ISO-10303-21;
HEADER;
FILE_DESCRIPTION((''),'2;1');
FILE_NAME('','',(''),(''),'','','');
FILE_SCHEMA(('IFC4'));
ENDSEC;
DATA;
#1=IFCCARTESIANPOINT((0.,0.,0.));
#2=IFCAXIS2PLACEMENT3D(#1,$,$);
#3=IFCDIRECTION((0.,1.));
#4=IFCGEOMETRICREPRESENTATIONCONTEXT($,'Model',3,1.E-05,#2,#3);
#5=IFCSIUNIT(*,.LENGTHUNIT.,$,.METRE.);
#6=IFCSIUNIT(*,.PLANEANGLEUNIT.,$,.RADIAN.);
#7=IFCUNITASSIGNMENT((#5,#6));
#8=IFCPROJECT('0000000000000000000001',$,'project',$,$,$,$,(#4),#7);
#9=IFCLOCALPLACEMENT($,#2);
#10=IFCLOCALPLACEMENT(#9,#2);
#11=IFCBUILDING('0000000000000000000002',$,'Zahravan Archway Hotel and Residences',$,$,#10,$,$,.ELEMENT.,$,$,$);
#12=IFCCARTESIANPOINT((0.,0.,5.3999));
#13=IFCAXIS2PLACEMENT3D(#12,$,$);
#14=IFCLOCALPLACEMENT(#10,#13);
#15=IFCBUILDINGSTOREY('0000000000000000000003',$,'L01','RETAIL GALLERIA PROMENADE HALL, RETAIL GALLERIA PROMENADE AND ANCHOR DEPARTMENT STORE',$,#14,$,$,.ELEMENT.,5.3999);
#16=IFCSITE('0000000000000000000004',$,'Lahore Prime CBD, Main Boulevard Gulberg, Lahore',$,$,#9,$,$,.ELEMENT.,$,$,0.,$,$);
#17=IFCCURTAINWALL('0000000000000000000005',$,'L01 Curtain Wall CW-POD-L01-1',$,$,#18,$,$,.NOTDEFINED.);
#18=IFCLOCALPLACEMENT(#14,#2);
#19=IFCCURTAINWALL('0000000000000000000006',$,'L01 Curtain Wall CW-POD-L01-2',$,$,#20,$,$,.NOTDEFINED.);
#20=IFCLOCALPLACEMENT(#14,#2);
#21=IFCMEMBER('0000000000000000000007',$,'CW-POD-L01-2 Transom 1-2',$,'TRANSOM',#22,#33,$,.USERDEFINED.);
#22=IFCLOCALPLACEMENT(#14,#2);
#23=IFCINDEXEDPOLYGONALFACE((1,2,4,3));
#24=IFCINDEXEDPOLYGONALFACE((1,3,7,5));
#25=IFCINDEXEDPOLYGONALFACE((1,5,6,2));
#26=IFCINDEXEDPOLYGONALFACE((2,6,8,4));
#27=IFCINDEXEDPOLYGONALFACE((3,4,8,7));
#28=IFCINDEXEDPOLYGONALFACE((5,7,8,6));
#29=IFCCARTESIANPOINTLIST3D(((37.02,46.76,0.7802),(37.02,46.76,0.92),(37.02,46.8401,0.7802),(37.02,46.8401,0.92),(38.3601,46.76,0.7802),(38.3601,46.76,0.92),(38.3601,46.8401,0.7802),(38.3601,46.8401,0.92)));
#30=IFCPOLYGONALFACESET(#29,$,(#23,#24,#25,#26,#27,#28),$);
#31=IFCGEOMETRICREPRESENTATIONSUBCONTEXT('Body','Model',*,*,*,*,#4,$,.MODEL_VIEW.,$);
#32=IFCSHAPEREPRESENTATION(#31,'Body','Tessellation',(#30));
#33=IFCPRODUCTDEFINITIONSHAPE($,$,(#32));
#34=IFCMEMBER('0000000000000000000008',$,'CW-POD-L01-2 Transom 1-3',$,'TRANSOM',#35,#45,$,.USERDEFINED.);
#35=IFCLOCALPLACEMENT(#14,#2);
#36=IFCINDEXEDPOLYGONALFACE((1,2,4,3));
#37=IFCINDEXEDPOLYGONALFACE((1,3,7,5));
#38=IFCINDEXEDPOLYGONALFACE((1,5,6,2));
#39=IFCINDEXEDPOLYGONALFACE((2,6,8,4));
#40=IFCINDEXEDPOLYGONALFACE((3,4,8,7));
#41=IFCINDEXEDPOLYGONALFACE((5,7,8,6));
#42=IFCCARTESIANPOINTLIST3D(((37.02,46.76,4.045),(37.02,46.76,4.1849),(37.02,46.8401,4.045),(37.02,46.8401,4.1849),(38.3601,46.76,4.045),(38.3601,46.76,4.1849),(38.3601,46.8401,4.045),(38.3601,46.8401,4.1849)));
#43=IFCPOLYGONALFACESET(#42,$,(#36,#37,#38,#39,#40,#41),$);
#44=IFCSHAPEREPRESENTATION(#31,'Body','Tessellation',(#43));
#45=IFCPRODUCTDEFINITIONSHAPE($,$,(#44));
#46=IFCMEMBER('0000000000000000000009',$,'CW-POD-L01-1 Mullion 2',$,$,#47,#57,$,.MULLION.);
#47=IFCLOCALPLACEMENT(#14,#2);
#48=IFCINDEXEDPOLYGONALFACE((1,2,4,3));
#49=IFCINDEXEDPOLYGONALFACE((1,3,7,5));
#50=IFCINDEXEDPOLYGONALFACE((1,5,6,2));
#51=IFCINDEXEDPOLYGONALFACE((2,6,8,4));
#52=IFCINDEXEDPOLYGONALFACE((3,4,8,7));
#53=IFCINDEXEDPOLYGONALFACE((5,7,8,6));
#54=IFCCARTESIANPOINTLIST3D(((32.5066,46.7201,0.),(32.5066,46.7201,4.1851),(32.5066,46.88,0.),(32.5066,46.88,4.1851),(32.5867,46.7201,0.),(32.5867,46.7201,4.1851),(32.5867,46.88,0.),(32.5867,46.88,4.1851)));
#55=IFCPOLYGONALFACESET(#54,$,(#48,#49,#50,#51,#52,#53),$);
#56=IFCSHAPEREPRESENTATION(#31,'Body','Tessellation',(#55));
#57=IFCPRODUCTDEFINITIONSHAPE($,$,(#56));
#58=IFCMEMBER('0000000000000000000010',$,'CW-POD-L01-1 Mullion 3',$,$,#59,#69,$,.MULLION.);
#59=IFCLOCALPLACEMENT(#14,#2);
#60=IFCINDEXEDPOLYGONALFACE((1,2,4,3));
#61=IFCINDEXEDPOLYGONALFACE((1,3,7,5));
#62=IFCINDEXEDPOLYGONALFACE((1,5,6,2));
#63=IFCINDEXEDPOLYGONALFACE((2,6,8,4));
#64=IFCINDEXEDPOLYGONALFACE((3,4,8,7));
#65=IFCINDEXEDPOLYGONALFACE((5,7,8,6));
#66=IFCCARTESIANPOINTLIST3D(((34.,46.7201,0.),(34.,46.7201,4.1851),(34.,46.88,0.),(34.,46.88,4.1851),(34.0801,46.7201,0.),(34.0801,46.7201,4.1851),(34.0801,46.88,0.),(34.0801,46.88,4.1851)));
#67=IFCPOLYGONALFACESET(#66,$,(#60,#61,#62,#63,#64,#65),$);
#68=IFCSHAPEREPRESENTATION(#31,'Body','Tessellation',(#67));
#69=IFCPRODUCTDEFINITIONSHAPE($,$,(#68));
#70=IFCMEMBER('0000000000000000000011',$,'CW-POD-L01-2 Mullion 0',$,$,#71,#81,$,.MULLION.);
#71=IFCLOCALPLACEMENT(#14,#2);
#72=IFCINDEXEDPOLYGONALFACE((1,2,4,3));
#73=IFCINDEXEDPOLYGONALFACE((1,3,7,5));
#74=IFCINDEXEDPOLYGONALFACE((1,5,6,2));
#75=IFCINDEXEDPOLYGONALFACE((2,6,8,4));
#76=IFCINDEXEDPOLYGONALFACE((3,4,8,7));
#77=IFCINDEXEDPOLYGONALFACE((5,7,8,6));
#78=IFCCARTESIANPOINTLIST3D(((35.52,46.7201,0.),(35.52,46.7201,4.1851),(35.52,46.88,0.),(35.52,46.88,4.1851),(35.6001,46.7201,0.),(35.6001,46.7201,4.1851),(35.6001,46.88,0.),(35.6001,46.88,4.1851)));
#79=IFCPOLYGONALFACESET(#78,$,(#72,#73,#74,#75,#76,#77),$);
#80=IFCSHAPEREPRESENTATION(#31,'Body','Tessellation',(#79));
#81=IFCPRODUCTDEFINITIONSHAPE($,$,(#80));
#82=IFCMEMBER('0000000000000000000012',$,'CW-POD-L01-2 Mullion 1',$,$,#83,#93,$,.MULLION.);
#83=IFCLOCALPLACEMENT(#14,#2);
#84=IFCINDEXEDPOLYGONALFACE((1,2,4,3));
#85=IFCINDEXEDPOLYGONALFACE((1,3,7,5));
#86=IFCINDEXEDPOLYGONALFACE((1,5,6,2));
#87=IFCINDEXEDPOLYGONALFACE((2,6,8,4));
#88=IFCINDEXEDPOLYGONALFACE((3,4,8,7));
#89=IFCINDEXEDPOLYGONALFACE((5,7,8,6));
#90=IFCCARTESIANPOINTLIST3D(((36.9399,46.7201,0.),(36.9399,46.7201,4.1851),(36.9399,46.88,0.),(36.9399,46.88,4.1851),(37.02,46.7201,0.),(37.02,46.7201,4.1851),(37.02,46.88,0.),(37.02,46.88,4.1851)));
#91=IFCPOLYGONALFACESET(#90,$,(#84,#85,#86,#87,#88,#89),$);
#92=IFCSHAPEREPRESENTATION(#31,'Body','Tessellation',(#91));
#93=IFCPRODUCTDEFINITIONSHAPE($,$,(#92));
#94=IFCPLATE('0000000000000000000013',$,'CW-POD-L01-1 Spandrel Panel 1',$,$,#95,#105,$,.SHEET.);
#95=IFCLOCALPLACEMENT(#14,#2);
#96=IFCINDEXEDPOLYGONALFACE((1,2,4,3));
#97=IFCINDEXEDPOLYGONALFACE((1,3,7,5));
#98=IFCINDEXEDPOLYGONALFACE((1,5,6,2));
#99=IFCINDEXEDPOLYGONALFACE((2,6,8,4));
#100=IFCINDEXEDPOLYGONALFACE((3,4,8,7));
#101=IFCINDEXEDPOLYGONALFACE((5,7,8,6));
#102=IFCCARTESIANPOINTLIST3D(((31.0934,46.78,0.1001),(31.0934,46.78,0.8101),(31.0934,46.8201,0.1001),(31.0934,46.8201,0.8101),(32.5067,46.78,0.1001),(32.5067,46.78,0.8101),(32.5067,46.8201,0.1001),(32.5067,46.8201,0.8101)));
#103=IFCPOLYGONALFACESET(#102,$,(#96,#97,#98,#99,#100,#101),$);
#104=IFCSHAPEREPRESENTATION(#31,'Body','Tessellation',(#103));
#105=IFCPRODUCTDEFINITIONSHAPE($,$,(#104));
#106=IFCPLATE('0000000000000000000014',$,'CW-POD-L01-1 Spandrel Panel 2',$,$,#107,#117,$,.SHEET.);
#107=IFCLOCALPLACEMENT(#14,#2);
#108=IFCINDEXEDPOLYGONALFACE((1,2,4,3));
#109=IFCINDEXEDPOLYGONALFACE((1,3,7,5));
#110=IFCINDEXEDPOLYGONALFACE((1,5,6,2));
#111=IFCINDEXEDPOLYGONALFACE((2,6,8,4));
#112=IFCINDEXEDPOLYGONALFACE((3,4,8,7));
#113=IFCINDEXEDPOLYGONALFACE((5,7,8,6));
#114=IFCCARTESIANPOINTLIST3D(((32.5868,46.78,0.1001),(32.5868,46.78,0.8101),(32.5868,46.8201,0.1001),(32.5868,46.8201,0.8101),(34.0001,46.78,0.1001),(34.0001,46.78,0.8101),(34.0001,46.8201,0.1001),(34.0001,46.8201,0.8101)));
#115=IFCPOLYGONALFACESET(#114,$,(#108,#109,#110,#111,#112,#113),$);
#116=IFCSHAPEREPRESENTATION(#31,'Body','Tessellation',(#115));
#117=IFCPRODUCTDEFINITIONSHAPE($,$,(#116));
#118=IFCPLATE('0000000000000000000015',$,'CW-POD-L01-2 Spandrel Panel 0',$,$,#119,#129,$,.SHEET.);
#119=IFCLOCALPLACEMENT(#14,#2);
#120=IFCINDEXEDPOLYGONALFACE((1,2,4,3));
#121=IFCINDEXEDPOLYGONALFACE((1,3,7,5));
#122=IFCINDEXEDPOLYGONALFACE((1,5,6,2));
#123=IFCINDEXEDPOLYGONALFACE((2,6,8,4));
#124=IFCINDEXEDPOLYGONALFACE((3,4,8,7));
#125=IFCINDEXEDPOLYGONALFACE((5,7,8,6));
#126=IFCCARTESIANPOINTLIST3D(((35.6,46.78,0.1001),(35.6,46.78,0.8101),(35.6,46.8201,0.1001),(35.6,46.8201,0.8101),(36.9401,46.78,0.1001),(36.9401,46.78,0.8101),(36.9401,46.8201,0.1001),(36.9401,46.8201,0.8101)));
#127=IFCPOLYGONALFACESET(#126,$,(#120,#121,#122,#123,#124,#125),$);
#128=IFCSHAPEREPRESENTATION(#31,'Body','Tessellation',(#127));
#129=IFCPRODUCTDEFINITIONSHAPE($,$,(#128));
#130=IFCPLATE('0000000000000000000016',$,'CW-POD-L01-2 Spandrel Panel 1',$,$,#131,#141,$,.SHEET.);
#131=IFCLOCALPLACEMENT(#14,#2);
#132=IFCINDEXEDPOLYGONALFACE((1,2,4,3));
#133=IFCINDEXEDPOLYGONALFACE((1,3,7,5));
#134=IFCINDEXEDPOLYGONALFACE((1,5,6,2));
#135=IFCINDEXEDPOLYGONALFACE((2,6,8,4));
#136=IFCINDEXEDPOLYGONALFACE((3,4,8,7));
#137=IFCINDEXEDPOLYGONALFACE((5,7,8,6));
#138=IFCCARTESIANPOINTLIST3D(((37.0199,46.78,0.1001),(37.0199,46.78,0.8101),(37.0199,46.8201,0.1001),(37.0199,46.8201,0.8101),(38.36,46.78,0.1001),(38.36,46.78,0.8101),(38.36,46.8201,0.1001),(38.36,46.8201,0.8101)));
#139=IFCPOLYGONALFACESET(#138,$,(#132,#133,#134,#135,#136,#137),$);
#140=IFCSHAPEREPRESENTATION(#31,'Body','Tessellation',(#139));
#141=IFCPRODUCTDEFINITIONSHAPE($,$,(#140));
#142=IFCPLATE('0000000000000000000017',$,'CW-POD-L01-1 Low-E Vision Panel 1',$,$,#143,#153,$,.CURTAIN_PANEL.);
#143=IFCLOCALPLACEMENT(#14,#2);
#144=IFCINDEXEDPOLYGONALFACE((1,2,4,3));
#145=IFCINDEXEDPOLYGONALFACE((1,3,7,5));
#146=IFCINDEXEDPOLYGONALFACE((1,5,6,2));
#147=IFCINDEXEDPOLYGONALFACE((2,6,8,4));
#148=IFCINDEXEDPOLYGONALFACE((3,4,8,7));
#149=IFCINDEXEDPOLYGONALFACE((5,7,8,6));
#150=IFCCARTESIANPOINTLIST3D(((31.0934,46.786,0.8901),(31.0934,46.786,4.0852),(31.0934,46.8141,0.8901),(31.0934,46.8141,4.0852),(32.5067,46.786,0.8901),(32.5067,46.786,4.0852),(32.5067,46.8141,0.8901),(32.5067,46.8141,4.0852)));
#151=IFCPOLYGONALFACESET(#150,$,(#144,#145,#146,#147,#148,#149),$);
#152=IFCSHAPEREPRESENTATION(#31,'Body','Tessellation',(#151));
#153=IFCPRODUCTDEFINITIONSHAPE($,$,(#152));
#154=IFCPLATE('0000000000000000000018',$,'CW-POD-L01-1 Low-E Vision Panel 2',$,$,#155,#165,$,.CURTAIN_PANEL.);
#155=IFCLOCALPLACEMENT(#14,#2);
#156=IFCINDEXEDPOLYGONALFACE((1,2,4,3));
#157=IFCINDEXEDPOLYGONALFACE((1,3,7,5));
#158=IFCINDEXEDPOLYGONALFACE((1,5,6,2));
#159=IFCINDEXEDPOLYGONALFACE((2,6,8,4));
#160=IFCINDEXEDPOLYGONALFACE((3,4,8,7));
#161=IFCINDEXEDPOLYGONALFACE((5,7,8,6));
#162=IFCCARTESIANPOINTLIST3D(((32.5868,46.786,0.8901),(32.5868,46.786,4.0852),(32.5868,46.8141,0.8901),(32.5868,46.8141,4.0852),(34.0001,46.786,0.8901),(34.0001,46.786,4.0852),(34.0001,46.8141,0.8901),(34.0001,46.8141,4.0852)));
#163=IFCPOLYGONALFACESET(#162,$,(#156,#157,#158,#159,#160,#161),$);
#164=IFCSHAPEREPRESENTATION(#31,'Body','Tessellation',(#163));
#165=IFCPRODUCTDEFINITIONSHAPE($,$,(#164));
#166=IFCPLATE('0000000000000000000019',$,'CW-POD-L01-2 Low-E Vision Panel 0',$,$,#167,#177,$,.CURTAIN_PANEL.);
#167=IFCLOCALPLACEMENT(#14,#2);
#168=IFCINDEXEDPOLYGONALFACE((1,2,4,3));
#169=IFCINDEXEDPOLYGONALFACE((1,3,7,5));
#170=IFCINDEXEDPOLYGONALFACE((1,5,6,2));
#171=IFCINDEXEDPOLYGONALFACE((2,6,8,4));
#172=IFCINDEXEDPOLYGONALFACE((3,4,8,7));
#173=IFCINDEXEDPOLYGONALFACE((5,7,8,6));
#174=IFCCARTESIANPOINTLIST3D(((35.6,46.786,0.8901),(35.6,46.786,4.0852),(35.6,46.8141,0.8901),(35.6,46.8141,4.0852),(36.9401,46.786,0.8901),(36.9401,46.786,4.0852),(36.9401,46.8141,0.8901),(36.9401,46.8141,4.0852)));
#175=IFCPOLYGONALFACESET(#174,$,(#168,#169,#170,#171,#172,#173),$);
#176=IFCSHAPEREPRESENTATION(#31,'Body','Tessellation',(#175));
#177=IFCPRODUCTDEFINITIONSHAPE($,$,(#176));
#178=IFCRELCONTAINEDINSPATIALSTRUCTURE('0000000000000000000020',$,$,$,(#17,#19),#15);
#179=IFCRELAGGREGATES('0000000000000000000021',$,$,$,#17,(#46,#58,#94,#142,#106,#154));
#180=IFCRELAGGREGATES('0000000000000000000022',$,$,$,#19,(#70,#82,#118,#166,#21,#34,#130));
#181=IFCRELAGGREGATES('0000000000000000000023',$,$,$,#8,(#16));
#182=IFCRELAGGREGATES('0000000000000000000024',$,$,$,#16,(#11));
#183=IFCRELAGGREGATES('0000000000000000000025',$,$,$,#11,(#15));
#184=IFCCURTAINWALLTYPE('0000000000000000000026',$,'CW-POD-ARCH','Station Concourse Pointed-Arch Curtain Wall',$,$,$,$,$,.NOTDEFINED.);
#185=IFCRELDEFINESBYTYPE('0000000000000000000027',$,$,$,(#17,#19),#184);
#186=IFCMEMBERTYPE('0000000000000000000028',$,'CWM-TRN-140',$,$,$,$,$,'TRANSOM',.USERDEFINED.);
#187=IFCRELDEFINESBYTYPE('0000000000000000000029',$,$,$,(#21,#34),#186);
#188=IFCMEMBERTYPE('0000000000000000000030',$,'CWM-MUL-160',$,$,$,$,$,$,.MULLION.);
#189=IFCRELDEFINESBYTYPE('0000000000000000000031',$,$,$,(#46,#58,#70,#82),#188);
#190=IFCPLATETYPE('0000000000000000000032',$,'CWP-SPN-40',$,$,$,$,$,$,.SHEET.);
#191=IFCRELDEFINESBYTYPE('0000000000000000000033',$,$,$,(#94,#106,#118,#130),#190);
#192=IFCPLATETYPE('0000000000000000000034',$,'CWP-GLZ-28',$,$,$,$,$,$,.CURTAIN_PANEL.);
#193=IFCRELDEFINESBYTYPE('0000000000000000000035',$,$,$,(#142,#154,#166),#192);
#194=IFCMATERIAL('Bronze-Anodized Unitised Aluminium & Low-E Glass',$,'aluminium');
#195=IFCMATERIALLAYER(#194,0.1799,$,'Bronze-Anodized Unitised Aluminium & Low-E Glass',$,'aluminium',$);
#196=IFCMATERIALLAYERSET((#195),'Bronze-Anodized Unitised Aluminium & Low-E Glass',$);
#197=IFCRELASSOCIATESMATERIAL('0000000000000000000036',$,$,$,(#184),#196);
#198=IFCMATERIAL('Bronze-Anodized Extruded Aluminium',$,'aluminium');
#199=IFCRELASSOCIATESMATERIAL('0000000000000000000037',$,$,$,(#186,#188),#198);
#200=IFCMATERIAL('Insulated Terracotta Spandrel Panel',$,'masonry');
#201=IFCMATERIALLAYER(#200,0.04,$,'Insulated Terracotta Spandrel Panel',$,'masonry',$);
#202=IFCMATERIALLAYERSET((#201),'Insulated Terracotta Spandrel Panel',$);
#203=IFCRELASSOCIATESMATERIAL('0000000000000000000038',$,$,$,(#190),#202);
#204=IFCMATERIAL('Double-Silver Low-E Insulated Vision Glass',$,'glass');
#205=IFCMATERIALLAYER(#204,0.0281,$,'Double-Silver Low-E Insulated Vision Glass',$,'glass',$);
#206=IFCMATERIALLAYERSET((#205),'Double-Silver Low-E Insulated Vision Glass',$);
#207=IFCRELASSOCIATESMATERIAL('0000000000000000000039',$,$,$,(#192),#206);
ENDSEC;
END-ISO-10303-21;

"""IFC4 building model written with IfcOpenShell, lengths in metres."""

from ifc_helpers import new_model, si_unit, direction, frame, origin, origin_2d, place, context, subcontext, project, spatial, rectangle, extrude, source, transform, mapped, material, layer, layer_set, material_profile, profile_set, type_object, type_shapes, element, aggregate, save


model = new_model("IFC4")

# Units and contexts
model_context = context("Model", 3, precision=1e-05, world=origin(), true_north=direction((0.0, 1.0)))
body_context = subcontext(model_context, "Body", "Model", "MODEL_VIEW")
ifc_project = project(units=[si_unit("LENGTHUNIT", "METRE"), si_unit("PLANEANGLEUNIT", "RADIAN")], contexts=[model_context])

# Site, building, storey
site_placement = place(None, origin())
site = spatial("IfcSite", under=ifc_project, at=site_placement, Name="Lahore Prime CBD, Main Boulevard Gulberg, Lahore", CompositionType="ELEMENT", RefElevation=0.0)
building_placement = place(site_placement, origin())
building = spatial("IfcBuilding", under=site, at=building_placement, Name="Zahravan Archway Hotel and Residences", CompositionType="ELEMENT")
storey_placement = place(building_placement, frame((0.0, 0.0, 5.3999)))
storey = spatial("IfcBuildingStorey", under=building, at=storey_placement, Name="L01", Description="RETAIL GALLERIA PROMENADE HALL, RETAIL GALLERIA PROMENADE AND ANCHOR DEPARTMENT STORE", CompositionType="ELEMENT", Elevation=5.3999)

# Curtain walls, members
ifc_material_1 = material(Name="Bronze-Anodized Unitised Aluminium & Low-E Glass", Category="aluminium")
ifc_layer_1 = layer(ifc_material_1, 0.1799, Name="Bronze-Anodized Unitised Aluminium & Low-E Glass", Category="aluminium")
ifc_layer_set_1 = layer_set([ifc_layer_1], Name="Bronze-Anodized Unitised Aluminium & Low-E Glass")
curtain_wall_type = type_object("IfcCurtainWallType", Name="CW-POD-ARCH", Description="Station Concourse Pointed-Arch Curtain Wall", PredefinedType="NOTDEFINED", material=ifc_layer_set_1)
curtain_wall_1_placement = place(storey_placement, origin())
curtain_wall_1 = element("IfcCurtainWall", 1, at=curtain_wall_1_placement, inside=storey, type_object=curtain_wall_type, Name="L01 Curtain Wall CW-POD-L01-1", PredefinedType="NOTDEFINED")
ifc_material_2 = material(Name="Bronze-Anodized Extruded Aluminium", Category="aluminium")
ifc_material_profile_1 = material_profile(ifc_material_2, rectangle(XDim=0.0801, YDim=0.1399, at=origin_2d()), Name="TRN 80x140", Category="aluminium")
ifc_profile_set_1 = profile_set([ifc_material_profile_1], Name="Bronze-Anodized Extruded Aluminium")
member_type_1 = type_object("IfcMemberType", Name="CWM-TRN-140", ElementType="TRANSOM", PredefinedType="USERDEFINED", material=ifc_profile_set_1)
curtain_wall_2_placement = place(storey_placement, origin())
curtain_wall_2 = element("IfcCurtainWall", 2, at=curtain_wall_2_placement, inside=storey, type_object=curtain_wall_type, Name="L01 Curtain Wall CW-POD-L01-2", PredefinedType="NOTDEFINED")
shared_shape_1 = source(origin(), body_context, "Body", "SweptSolid", [
    extrude(rectangle(XDim=0.0801, YDim=0.1399, at=origin_2d()), origin(), (0.0, 0.0, 1.0), 1.3401),
])
member_1_placement = place(storey_placement, frame((37.02, 46.8, 0.8501), z_axis=(1.0, 0.0, 0.0), x_axis=(0.0, 1.0, 0.0)))
member_1 = element("IfcMember", 3, at=member_1_placement, type_object=member_type_1, Name="CW-POD-L01-2 Transom 1-2", ObjectType="TRANSOM", PredefinedType="USERDEFINED", context=body_context, shape_type="MappedRepresentation", body=[
    mapped(shared_shape_1, transform((0.0, 0.0, 0.0), scale=1.0)),
])
member_2_placement = place(storey_placement, frame((37.02, 46.8, 4.115), z_axis=(1.0, 0.0, 0.0), x_axis=(0.0, 1.0, 0.0)))
member_2 = element("IfcMember", 4, at=member_2_placement, type_object=member_type_1, Name="CW-POD-L01-2 Transom 1-3", ObjectType="TRANSOM", PredefinedType="USERDEFINED", context=body_context, shape_type="MappedRepresentation", body=[
    mapped(shared_shape_1, transform((0.0, 0.0, 0.0), scale=1.0)),
])

# Members
ifc_material_profile_2 = material_profile(ifc_material_2, rectangle(XDim=0.0801, YDim=0.1599, at=origin_2d()), Name="MUL 80x160", Category="aluminium")
ifc_profile_set_2 = profile_set([ifc_material_profile_2], Name="Bronze-Anodized Extruded Aluminium")
member_type_2 = type_object("IfcMemberType", Name="CWM-MUL-160", PredefinedType="MULLION", material=ifc_profile_set_2)
shared_shape_2 = source(origin(), body_context, "Body", "SweptSolid", [
    extrude(rectangle(XDim=0.0801, YDim=0.1599, at=origin_2d()), origin(), (0.0, 0.0, 1.0), 4.1851),
])
member_3_placement = place(storey_placement, frame((32.5466, 46.8, 0.0), z_axis=(0.0, 0.0, 1.0), x_axis=(1.0, 0.0, 0.0)))
member_3 = element("IfcMember", 5, at=member_3_placement, type_object=member_type_2, Name="CW-POD-L01-1 Mullion 2", PredefinedType="MULLION", context=body_context, shape_type="MappedRepresentation", body=[
    mapped(shared_shape_2, transform((0.0, 0.0, 0.0), scale=1.0)),
])
member_4_placement = place(storey_placement, frame((34.04, 46.8, 0.0), z_axis=(0.0, 0.0, 1.0), x_axis=(1.0, 0.0, 0.0)))
member_4 = element("IfcMember", 6, at=member_4_placement, type_object=member_type_2, Name="CW-POD-L01-1 Mullion 3", PredefinedType="MULLION", context=body_context, shape_type="MappedRepresentation", body=[
    mapped(shared_shape_2, transform((0.0, 0.0, 0.0), scale=1.0)),
])
member_5_placement = place(storey_placement, frame((35.5601, 46.8, 0.0), z_axis=(0.0, 0.0, 1.0), x_axis=(1.0, 0.0, 0.0)))
member_5 = element("IfcMember", 7, at=member_5_placement, type_object=member_type_2, Name="CW-POD-L01-2 Mullion 0", PredefinedType="MULLION", context=body_context, shape_type="MappedRepresentation", body=[
    mapped(shared_shape_2, transform((0.0, 0.0, 0.0), scale=1.0)),
])
member_6_placement = place(storey_placement, frame((36.98, 46.8, 0.0), z_axis=(0.0, 0.0, 1.0), x_axis=(1.0, 0.0, 0.0)))
member_6 = element("IfcMember", 8, at=member_6_placement, type_object=member_type_2, Name="CW-POD-L01-2 Mullion 1", PredefinedType="MULLION", context=body_context, shape_type="MappedRepresentation", body=[
    mapped(shared_shape_2, transform((0.0, 0.0, 0.0), scale=1.0)),
])

# Plates
ifc_material_3 = material(Name="Insulated Terracotta Spandrel Panel", Category="masonry")
ifc_layer_2 = layer(ifc_material_3, 0.04, Name="Insulated Terracotta Spandrel Panel", Category="masonry")
ifc_layer_set_2 = layer_set([ifc_layer_2], Name="Insulated Terracotta Spandrel Panel")
plate_type_1 = type_object("IfcPlateType", Name="CWP-SPN-40", PredefinedType="SHEET", material=ifc_layer_set_2)
shared_shape_3 = source(origin(), body_context, "Body", "SweptSolid", [
    extrude(rectangle(XDim=1.4133, YDim=0.04, at=origin_2d()), origin(), (0.0, 0.0, 1.0), 0.71),
])
type_shapes(plate_type_1, [shared_shape_3])
plate_1_placement = place(storey_placement, frame((31.8, 46.8, 0.1001), z_axis=(0.0, 0.0, 1.0), x_axis=(1.0, 0.0, 0.0)))
plate_1 = element("IfcPlate", 9, at=plate_1_placement, type_object=plate_type_1, Name="CW-POD-L01-1 Spandrel Panel 1", PredefinedType="SHEET", context=body_context, shape_type="MappedRepresentation", body=[
    mapped(shared_shape_3, transform((0.0, 0.0, 0.0), scale=1.0)),
])
plate_2_placement = place(storey_placement, frame((33.2935, 46.8, 0.1001), z_axis=(0.0, 0.0, 1.0), x_axis=(1.0, 0.0, 0.0)))
plate_2 = element("IfcPlate", 10, at=plate_2_placement, type_object=plate_type_1, Name="CW-POD-L01-1 Spandrel Panel 2", PredefinedType="SHEET", context=body_context, shape_type="MappedRepresentation", body=[
    mapped(shared_shape_3, transform((0.0, 0.0, 0.0), scale=1.0)),
])
shared_shape_4 = source(origin(), body_context, "Body", "SweptSolid", [
    extrude(rectangle(XDim=1.3401, YDim=0.04, at=origin_2d()), origin(), (0.0, 0.0, 1.0), 0.71),
])
plate_3_placement = place(storey_placement, frame((36.27, 46.8, 0.1001), z_axis=(0.0, 0.0, 1.0), x_axis=(1.0, 0.0, 0.0)))
plate_3 = element("IfcPlate", 11, at=plate_3_placement, type_object=plate_type_1, Name="CW-POD-L01-2 Spandrel Panel 0", PredefinedType="SHEET", context=body_context, shape_type="MappedRepresentation", body=[
    mapped(shared_shape_4, transform((0.0, 0.0, 0.0), scale=1.0)),
])
plate_4_placement = place(storey_placement, frame((37.6899, 46.8, 0.1001), z_axis=(0.0, 0.0, 1.0), x_axis=(1.0, 0.0, 0.0)))
plate_4 = element("IfcPlate", 12, at=plate_4_placement, type_object=plate_type_1, Name="CW-POD-L01-2 Spandrel Panel 1", PredefinedType="SHEET", context=body_context, shape_type="MappedRepresentation", body=[
    mapped(shared_shape_4, transform((0.0, 0.0, 0.0), scale=1.0)),
])
ifc_material_4 = material(Name="Double-Silver Low-E Insulated Vision Glass", Category="glass")
ifc_layer_3 = layer(ifc_material_4, 0.0281, Name="Double-Silver Low-E Insulated Vision Glass", Category="glass")
ifc_layer_set_3 = layer_set([ifc_layer_3], Name="Double-Silver Low-E Insulated Vision Glass")
plate_type_2 = type_object("IfcPlateType", Name="CWP-GLZ-28", PredefinedType="CURTAIN_PANEL", material=ifc_layer_set_3)
shared_shape_5 = source(origin(), body_context, "Body", "SweptSolid", [
    extrude(rectangle(XDim=1.4133, YDim=0.0281, at=origin_2d()), origin(), (0.0, 0.0, 1.0), 3.1951),
])
plate_5_placement = place(storey_placement, frame((31.8, 46.8, 0.8901), z_axis=(0.0, 0.0, 1.0), x_axis=(1.0, 0.0, 0.0)))
plate_5 = element("IfcPlate", 13, at=plate_5_placement, type_object=plate_type_2, Name="CW-POD-L01-1 Low-E Vision Panel 1", PredefinedType="CURTAIN_PANEL", context=body_context, shape_type="MappedRepresentation", body=[
    mapped(shared_shape_5, transform((0.0, 0.0, 0.0), scale=1.0)),
])
plate_6_placement = place(storey_placement, frame((33.2935, 46.8, 0.8901), z_axis=(0.0, 0.0, 1.0), x_axis=(1.0, 0.0, 0.0)))
plate_6 = element("IfcPlate", 14, at=plate_6_placement, type_object=plate_type_2, Name="CW-POD-L01-1 Low-E Vision Panel 2", PredefinedType="CURTAIN_PANEL", context=body_context, shape_type="MappedRepresentation", body=[
    mapped(shared_shape_5, transform((0.0, 0.0, 0.0), scale=1.0)),
])
aggregate(curtain_wall_1, [member_3, member_4, plate_1, plate_5, plate_2, plate_6])
shared_shape_6 = source(origin(), body_context, "Body", "SweptSolid", [
    extrude(rectangle(XDim=1.3401, YDim=0.0281, at=origin_2d()), origin(), (0.0, 0.0, 1.0), 3.1951),
])
plate_7_placement = place(storey_placement, frame((36.27, 46.8, 0.8901), z_axis=(0.0, 0.0, 1.0), x_axis=(1.0, 0.0, 0.0)))
plate_7 = element("IfcPlate", 15, at=plate_7_placement, type_object=plate_type_2, Name="CW-POD-L01-2 Low-E Vision Panel 0", PredefinedType="CURTAIN_PANEL", context=body_context, shape_type="MappedRepresentation", body=[
    mapped(shared_shape_6, transform((0.0, 0.0, 0.0), scale=1.0)),
])
aggregate(curtain_wall_2, [member_5, member_6, plate_3, plate_7, member_1, member_2, plate_4])

save(model, "model.ifc")
